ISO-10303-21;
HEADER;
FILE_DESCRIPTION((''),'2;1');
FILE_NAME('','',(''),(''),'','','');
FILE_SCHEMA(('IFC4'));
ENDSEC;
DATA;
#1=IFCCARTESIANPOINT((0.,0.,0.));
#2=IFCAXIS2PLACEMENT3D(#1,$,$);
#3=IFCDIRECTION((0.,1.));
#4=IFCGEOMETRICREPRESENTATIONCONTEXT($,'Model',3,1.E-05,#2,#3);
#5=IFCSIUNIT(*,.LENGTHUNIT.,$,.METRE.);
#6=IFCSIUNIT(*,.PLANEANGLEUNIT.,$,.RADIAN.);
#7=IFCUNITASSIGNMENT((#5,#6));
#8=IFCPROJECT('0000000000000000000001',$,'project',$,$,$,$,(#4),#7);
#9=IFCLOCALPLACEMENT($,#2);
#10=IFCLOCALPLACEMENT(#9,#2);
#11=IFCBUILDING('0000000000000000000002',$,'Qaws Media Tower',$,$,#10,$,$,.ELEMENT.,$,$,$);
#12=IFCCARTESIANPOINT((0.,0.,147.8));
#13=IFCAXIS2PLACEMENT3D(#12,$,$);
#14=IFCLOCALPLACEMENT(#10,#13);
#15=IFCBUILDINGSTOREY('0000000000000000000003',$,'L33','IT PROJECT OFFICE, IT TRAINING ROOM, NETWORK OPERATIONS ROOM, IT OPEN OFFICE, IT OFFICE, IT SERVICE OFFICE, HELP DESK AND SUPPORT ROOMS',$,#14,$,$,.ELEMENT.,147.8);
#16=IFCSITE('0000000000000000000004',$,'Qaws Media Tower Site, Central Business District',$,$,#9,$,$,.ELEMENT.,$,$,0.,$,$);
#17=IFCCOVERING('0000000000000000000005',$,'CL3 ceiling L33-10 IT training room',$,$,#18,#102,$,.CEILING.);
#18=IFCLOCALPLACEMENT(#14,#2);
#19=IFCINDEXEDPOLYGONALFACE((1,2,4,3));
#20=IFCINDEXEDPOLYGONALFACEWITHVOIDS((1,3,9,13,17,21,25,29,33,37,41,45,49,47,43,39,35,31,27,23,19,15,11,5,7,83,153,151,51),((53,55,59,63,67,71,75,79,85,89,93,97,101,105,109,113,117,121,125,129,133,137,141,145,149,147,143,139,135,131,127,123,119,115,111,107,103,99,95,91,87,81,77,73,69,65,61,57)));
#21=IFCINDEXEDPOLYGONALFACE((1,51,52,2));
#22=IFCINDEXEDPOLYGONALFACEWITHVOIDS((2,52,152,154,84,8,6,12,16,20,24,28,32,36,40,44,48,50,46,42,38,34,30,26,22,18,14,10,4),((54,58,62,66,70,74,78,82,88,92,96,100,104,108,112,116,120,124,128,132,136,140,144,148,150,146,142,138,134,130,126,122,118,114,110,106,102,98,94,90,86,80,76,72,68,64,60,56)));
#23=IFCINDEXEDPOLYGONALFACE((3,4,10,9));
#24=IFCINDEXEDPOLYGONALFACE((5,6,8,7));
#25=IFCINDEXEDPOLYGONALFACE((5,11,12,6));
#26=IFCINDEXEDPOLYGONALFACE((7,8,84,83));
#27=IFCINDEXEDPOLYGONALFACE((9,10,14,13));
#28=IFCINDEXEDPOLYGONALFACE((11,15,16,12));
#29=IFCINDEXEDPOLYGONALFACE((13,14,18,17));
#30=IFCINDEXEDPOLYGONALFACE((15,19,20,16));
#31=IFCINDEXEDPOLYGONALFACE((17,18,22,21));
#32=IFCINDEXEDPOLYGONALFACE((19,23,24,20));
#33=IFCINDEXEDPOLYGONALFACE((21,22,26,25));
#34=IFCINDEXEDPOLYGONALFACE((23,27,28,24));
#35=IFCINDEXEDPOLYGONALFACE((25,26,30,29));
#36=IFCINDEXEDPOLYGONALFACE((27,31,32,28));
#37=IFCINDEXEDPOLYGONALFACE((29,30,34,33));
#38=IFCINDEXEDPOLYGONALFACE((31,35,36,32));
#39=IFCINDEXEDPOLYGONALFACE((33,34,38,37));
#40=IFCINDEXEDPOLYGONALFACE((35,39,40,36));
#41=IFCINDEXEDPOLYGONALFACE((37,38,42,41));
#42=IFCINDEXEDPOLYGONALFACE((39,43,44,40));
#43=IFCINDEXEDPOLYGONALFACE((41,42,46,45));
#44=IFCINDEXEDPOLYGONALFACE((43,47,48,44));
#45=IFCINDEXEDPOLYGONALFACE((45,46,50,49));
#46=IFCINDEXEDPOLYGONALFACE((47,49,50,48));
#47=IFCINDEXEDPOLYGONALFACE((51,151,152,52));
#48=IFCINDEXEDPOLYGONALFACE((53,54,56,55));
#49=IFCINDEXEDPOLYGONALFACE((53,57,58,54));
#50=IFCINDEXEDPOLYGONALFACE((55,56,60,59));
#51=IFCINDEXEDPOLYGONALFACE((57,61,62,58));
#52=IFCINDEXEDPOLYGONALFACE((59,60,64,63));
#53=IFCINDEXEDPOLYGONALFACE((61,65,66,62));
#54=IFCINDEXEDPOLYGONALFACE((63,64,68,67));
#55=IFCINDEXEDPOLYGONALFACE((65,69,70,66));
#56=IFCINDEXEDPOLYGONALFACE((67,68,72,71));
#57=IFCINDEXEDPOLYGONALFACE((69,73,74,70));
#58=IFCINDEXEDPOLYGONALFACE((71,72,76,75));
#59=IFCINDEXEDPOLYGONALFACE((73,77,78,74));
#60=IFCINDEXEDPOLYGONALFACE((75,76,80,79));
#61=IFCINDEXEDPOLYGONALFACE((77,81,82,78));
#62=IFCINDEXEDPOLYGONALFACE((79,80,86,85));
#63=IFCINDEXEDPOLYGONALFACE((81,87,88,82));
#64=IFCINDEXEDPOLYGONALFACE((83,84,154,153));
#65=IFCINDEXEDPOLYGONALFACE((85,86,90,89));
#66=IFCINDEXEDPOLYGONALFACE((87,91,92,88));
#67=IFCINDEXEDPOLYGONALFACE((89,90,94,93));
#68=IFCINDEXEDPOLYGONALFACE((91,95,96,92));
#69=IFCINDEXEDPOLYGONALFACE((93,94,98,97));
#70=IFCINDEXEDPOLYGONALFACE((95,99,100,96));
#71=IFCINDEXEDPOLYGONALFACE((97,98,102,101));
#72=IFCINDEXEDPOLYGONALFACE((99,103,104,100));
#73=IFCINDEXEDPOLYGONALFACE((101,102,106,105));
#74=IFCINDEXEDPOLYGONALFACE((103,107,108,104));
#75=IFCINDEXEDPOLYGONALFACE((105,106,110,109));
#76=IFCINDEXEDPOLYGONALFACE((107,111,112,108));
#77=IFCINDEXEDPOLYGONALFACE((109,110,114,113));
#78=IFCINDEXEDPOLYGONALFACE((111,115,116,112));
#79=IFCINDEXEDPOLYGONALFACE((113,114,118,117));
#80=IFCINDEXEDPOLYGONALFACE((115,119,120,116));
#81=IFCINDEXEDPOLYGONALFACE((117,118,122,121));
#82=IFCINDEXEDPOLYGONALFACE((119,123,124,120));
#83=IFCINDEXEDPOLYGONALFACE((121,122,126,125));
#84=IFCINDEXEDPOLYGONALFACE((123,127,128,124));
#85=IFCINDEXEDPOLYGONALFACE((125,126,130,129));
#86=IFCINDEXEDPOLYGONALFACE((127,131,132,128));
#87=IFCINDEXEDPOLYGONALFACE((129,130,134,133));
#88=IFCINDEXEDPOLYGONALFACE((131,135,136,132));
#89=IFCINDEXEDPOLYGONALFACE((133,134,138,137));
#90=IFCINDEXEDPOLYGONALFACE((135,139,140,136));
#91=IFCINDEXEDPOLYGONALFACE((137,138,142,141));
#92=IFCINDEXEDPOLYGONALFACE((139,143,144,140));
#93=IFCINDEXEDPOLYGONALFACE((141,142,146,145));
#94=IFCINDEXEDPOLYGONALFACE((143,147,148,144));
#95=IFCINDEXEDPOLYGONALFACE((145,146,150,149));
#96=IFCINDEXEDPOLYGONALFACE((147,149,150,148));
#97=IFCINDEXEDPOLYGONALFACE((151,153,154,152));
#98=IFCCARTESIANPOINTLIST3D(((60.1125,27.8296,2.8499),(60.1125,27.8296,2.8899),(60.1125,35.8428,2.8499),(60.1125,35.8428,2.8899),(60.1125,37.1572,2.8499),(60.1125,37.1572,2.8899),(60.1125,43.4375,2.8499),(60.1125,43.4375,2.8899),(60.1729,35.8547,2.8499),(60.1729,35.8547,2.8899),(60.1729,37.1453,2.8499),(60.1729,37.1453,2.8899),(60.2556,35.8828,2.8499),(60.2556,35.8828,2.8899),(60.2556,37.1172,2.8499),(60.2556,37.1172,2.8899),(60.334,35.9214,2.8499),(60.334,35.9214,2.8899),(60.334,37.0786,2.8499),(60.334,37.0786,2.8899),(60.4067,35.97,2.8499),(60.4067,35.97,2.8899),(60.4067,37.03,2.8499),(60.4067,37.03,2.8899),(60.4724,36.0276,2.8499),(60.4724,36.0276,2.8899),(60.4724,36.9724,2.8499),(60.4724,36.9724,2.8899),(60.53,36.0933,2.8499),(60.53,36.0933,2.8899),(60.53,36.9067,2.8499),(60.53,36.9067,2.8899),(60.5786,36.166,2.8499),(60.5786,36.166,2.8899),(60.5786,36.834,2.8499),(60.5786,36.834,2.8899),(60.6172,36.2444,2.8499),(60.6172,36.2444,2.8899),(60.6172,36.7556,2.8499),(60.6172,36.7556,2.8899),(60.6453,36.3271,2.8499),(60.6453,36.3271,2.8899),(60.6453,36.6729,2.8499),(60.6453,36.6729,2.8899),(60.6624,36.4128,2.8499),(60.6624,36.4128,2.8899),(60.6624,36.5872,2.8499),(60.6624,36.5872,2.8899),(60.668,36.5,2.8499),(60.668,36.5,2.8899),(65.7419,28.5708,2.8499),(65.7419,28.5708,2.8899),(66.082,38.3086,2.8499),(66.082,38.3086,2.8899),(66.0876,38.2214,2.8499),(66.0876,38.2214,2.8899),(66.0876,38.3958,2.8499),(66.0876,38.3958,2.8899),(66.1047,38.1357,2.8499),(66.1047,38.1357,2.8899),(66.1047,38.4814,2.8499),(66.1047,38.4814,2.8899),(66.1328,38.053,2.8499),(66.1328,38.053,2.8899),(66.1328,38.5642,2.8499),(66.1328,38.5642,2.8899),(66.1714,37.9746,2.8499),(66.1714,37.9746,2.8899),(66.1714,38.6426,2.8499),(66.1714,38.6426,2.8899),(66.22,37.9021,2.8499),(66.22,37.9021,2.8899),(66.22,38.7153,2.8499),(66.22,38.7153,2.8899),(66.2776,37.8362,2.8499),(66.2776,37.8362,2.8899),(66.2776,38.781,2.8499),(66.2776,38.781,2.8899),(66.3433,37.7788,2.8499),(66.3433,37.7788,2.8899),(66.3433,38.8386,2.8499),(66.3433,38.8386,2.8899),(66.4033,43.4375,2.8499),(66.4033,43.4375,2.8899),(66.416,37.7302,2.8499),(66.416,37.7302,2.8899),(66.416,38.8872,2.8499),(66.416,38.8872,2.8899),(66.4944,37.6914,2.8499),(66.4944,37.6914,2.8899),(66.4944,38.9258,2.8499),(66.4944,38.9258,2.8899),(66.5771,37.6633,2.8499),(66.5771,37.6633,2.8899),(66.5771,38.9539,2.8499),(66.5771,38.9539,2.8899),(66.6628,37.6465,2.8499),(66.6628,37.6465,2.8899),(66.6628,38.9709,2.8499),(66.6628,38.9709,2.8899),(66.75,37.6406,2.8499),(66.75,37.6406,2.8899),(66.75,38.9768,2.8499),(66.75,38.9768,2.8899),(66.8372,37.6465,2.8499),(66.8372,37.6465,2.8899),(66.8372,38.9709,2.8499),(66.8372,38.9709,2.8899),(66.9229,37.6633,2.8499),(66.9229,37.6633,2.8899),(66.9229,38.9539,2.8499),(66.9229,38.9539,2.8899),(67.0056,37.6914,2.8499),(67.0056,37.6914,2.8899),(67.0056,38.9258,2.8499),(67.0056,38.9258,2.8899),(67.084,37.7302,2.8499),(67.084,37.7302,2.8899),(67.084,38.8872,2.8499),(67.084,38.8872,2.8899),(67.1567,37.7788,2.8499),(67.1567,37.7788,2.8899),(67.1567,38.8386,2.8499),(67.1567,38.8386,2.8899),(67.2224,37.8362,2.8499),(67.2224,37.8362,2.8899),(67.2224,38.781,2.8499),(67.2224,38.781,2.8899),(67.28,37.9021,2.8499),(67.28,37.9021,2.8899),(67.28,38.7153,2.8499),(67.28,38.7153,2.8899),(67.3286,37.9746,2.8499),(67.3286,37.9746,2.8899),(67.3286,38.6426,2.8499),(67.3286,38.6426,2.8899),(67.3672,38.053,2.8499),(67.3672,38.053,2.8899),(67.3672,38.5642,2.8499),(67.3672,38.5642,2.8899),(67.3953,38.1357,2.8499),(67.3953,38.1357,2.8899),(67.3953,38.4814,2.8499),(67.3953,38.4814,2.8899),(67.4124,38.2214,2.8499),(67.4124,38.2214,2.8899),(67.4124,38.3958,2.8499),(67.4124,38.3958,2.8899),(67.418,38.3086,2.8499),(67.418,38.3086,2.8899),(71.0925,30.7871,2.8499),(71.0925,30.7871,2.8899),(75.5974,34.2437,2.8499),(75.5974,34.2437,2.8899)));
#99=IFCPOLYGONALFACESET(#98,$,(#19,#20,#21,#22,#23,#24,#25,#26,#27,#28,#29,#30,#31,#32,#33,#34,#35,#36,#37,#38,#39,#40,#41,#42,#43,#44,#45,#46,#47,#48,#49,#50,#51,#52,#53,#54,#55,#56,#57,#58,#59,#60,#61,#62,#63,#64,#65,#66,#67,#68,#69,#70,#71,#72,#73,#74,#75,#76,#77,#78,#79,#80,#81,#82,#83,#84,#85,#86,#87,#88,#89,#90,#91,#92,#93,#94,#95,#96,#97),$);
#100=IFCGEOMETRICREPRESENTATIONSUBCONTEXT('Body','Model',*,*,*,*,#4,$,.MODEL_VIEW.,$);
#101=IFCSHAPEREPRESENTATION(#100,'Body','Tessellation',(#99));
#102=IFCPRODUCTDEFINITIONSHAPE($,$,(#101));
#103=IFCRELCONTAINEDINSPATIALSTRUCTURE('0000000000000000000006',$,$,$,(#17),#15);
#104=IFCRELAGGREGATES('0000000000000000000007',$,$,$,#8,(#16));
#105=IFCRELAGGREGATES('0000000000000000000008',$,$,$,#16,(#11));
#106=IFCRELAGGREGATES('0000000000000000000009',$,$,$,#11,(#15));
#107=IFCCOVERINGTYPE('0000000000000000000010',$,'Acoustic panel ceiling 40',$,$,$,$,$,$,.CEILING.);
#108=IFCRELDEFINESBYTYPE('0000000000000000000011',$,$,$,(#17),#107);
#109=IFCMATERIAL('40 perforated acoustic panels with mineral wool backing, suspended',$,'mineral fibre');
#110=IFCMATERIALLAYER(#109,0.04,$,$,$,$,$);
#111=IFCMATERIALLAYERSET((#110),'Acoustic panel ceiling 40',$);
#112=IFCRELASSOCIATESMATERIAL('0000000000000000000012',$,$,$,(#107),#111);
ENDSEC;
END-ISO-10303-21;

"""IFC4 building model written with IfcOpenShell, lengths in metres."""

from ifc_helpers import new_model, si_unit, direction, frame, origin, place, context, subcontext, project, spatial, polyline, outline, extrude, material, layer, layer_set, type_object, element, save


model = new_model("IFC4")

# Units and contexts
model_context = context("Model", 3, precision=1e-05, world=origin(), true_north=direction((0.0, 1.0)))
body_context = subcontext(model_context, "Body", "Model", "MODEL_VIEW")
ifc_project = project(units=[si_unit("LENGTHUNIT", "METRE"), si_unit("PLANEANGLEUNIT", "RADIAN")], contexts=[model_context])

# Site, building, storey
site_placement = place(None, origin())
site = spatial("IfcSite", under=ifc_project, at=site_placement, Name="Qaws Media Tower Site, Central Business District", CompositionType="ELEMENT", RefElevation=0.0)
building_placement = place(site_placement, origin())
building = spatial("IfcBuilding", under=site, at=building_placement, Name="Qaws Media Tower", CompositionType="ELEMENT")
storey_placement = place(building_placement, frame((0.0, 0.0, 147.8)))
storey = spatial("IfcBuildingStorey", under=building, at=storey_placement, Name="L33", Description="IT PROJECT OFFICE, IT TRAINING ROOM, NETWORK OPERATIONS ROOM, IT OPEN OFFICE, IT OFFICE, IT SERVICE OFFICE, HELP DESK AND SUPPORT ROOMS", CompositionType="ELEMENT", Elevation=147.8)

# Covering
ifc_material_1 = material(Name="40 perforated acoustic panels with mineral wool backing, suspended", Category="mineral fibre")
ifc_layer_1 = layer(ifc_material_1, 0.04)
ifc_layer_set_1 = layer_set([ifc_layer_1], Name="Acoustic panel ceiling 40")
covering_type_1 = type_object("IfcCoveringType", Name="Acoustic panel ceiling 40", PredefinedType="CEILING", material=ifc_layer_set_1)
covering_1_placement = place(storey_placement, frame((0.0, 0.0, 2.8499)))
element("IfcCovering", 1, at=covering_1_placement, inside=storey, type_object=covering_type_1, Name="CL3 ceiling L33-10 IT training room", PredefinedType="CEILING", context=body_context, shape_type="SweptSolid", body=[
    extrude(outline(polyline([(71.0925, 30.7871), (65.7419, 28.5708), (60.1125, 27.8296), (60.1125, 35.8428), (60.1729, 35.8547), (60.2556, 35.8828), (60.334, 35.9214), (60.4067, 35.97), (60.4724, 36.0276), (60.53, 36.0933), (60.5786, 36.166), (60.6172, 36.2444), (60.6453, 36.3271), (60.6624, 36.4128), (60.668, 36.5), (60.6624, 36.5872), (60.6453, 36.6729), (60.6172, 36.7556), (60.5786, 36.834), (60.53, 36.9067), (60.4724, 36.9724), (60.4067, 37.03), (60.334, 37.0786), (60.2556, 37.1172), (60.1729, 37.1453), (60.1125, 37.1572), (60.1125, 43.4375), (66.4033, 43.4375), (75.5974, 34.2437), (71.0925, 30.7871)]), holes=[polyline([(67.3672, 38.053), (67.3953, 38.1357), (67.4124, 38.2214), (67.418, 38.3086), (67.4124, 38.3958), (67.3953, 38.4814), (67.3672, 38.5642), (67.3286, 38.6426), (67.28, 38.7153), (67.2224, 38.781), (67.1567, 38.8386), (67.084, 38.8872), (67.0056, 38.9258), (66.9229, 38.9539), (66.8372, 38.9709), (66.75, 38.9768), (66.6628, 38.9709), (66.5771, 38.9539), (66.4944, 38.9258), (66.416, 38.8872), (66.3433, 38.8386), (66.2776, 38.781), (66.22, 38.7153), (66.1714, 38.6426), (66.1328, 38.5642), (66.1047, 38.4814), (66.0876, 38.3958), (66.082, 38.3086), (66.0876, 38.2214), (66.1047, 38.1357), (66.1328, 38.053), (66.1714, 37.9746), (66.22, 37.9021), (66.2776, 37.8362), (66.3433, 37.7788), (66.416, 37.7302), (66.4944, 37.6914), (66.5771, 37.6633), (66.6628, 37.6465), (66.75, 37.6406), (66.8372, 37.6465), (66.9229, 37.6633), (67.0056, 37.6914), (67.084, 37.7302), (67.1567, 37.7788), (67.2224, 37.8362), (67.28, 37.9021), (67.3286, 37.9746), (67.3672, 38.053)])]), origin(), (0.0, 0.0, 1.0), 0.04),
])

save(model, "model.ifc")
